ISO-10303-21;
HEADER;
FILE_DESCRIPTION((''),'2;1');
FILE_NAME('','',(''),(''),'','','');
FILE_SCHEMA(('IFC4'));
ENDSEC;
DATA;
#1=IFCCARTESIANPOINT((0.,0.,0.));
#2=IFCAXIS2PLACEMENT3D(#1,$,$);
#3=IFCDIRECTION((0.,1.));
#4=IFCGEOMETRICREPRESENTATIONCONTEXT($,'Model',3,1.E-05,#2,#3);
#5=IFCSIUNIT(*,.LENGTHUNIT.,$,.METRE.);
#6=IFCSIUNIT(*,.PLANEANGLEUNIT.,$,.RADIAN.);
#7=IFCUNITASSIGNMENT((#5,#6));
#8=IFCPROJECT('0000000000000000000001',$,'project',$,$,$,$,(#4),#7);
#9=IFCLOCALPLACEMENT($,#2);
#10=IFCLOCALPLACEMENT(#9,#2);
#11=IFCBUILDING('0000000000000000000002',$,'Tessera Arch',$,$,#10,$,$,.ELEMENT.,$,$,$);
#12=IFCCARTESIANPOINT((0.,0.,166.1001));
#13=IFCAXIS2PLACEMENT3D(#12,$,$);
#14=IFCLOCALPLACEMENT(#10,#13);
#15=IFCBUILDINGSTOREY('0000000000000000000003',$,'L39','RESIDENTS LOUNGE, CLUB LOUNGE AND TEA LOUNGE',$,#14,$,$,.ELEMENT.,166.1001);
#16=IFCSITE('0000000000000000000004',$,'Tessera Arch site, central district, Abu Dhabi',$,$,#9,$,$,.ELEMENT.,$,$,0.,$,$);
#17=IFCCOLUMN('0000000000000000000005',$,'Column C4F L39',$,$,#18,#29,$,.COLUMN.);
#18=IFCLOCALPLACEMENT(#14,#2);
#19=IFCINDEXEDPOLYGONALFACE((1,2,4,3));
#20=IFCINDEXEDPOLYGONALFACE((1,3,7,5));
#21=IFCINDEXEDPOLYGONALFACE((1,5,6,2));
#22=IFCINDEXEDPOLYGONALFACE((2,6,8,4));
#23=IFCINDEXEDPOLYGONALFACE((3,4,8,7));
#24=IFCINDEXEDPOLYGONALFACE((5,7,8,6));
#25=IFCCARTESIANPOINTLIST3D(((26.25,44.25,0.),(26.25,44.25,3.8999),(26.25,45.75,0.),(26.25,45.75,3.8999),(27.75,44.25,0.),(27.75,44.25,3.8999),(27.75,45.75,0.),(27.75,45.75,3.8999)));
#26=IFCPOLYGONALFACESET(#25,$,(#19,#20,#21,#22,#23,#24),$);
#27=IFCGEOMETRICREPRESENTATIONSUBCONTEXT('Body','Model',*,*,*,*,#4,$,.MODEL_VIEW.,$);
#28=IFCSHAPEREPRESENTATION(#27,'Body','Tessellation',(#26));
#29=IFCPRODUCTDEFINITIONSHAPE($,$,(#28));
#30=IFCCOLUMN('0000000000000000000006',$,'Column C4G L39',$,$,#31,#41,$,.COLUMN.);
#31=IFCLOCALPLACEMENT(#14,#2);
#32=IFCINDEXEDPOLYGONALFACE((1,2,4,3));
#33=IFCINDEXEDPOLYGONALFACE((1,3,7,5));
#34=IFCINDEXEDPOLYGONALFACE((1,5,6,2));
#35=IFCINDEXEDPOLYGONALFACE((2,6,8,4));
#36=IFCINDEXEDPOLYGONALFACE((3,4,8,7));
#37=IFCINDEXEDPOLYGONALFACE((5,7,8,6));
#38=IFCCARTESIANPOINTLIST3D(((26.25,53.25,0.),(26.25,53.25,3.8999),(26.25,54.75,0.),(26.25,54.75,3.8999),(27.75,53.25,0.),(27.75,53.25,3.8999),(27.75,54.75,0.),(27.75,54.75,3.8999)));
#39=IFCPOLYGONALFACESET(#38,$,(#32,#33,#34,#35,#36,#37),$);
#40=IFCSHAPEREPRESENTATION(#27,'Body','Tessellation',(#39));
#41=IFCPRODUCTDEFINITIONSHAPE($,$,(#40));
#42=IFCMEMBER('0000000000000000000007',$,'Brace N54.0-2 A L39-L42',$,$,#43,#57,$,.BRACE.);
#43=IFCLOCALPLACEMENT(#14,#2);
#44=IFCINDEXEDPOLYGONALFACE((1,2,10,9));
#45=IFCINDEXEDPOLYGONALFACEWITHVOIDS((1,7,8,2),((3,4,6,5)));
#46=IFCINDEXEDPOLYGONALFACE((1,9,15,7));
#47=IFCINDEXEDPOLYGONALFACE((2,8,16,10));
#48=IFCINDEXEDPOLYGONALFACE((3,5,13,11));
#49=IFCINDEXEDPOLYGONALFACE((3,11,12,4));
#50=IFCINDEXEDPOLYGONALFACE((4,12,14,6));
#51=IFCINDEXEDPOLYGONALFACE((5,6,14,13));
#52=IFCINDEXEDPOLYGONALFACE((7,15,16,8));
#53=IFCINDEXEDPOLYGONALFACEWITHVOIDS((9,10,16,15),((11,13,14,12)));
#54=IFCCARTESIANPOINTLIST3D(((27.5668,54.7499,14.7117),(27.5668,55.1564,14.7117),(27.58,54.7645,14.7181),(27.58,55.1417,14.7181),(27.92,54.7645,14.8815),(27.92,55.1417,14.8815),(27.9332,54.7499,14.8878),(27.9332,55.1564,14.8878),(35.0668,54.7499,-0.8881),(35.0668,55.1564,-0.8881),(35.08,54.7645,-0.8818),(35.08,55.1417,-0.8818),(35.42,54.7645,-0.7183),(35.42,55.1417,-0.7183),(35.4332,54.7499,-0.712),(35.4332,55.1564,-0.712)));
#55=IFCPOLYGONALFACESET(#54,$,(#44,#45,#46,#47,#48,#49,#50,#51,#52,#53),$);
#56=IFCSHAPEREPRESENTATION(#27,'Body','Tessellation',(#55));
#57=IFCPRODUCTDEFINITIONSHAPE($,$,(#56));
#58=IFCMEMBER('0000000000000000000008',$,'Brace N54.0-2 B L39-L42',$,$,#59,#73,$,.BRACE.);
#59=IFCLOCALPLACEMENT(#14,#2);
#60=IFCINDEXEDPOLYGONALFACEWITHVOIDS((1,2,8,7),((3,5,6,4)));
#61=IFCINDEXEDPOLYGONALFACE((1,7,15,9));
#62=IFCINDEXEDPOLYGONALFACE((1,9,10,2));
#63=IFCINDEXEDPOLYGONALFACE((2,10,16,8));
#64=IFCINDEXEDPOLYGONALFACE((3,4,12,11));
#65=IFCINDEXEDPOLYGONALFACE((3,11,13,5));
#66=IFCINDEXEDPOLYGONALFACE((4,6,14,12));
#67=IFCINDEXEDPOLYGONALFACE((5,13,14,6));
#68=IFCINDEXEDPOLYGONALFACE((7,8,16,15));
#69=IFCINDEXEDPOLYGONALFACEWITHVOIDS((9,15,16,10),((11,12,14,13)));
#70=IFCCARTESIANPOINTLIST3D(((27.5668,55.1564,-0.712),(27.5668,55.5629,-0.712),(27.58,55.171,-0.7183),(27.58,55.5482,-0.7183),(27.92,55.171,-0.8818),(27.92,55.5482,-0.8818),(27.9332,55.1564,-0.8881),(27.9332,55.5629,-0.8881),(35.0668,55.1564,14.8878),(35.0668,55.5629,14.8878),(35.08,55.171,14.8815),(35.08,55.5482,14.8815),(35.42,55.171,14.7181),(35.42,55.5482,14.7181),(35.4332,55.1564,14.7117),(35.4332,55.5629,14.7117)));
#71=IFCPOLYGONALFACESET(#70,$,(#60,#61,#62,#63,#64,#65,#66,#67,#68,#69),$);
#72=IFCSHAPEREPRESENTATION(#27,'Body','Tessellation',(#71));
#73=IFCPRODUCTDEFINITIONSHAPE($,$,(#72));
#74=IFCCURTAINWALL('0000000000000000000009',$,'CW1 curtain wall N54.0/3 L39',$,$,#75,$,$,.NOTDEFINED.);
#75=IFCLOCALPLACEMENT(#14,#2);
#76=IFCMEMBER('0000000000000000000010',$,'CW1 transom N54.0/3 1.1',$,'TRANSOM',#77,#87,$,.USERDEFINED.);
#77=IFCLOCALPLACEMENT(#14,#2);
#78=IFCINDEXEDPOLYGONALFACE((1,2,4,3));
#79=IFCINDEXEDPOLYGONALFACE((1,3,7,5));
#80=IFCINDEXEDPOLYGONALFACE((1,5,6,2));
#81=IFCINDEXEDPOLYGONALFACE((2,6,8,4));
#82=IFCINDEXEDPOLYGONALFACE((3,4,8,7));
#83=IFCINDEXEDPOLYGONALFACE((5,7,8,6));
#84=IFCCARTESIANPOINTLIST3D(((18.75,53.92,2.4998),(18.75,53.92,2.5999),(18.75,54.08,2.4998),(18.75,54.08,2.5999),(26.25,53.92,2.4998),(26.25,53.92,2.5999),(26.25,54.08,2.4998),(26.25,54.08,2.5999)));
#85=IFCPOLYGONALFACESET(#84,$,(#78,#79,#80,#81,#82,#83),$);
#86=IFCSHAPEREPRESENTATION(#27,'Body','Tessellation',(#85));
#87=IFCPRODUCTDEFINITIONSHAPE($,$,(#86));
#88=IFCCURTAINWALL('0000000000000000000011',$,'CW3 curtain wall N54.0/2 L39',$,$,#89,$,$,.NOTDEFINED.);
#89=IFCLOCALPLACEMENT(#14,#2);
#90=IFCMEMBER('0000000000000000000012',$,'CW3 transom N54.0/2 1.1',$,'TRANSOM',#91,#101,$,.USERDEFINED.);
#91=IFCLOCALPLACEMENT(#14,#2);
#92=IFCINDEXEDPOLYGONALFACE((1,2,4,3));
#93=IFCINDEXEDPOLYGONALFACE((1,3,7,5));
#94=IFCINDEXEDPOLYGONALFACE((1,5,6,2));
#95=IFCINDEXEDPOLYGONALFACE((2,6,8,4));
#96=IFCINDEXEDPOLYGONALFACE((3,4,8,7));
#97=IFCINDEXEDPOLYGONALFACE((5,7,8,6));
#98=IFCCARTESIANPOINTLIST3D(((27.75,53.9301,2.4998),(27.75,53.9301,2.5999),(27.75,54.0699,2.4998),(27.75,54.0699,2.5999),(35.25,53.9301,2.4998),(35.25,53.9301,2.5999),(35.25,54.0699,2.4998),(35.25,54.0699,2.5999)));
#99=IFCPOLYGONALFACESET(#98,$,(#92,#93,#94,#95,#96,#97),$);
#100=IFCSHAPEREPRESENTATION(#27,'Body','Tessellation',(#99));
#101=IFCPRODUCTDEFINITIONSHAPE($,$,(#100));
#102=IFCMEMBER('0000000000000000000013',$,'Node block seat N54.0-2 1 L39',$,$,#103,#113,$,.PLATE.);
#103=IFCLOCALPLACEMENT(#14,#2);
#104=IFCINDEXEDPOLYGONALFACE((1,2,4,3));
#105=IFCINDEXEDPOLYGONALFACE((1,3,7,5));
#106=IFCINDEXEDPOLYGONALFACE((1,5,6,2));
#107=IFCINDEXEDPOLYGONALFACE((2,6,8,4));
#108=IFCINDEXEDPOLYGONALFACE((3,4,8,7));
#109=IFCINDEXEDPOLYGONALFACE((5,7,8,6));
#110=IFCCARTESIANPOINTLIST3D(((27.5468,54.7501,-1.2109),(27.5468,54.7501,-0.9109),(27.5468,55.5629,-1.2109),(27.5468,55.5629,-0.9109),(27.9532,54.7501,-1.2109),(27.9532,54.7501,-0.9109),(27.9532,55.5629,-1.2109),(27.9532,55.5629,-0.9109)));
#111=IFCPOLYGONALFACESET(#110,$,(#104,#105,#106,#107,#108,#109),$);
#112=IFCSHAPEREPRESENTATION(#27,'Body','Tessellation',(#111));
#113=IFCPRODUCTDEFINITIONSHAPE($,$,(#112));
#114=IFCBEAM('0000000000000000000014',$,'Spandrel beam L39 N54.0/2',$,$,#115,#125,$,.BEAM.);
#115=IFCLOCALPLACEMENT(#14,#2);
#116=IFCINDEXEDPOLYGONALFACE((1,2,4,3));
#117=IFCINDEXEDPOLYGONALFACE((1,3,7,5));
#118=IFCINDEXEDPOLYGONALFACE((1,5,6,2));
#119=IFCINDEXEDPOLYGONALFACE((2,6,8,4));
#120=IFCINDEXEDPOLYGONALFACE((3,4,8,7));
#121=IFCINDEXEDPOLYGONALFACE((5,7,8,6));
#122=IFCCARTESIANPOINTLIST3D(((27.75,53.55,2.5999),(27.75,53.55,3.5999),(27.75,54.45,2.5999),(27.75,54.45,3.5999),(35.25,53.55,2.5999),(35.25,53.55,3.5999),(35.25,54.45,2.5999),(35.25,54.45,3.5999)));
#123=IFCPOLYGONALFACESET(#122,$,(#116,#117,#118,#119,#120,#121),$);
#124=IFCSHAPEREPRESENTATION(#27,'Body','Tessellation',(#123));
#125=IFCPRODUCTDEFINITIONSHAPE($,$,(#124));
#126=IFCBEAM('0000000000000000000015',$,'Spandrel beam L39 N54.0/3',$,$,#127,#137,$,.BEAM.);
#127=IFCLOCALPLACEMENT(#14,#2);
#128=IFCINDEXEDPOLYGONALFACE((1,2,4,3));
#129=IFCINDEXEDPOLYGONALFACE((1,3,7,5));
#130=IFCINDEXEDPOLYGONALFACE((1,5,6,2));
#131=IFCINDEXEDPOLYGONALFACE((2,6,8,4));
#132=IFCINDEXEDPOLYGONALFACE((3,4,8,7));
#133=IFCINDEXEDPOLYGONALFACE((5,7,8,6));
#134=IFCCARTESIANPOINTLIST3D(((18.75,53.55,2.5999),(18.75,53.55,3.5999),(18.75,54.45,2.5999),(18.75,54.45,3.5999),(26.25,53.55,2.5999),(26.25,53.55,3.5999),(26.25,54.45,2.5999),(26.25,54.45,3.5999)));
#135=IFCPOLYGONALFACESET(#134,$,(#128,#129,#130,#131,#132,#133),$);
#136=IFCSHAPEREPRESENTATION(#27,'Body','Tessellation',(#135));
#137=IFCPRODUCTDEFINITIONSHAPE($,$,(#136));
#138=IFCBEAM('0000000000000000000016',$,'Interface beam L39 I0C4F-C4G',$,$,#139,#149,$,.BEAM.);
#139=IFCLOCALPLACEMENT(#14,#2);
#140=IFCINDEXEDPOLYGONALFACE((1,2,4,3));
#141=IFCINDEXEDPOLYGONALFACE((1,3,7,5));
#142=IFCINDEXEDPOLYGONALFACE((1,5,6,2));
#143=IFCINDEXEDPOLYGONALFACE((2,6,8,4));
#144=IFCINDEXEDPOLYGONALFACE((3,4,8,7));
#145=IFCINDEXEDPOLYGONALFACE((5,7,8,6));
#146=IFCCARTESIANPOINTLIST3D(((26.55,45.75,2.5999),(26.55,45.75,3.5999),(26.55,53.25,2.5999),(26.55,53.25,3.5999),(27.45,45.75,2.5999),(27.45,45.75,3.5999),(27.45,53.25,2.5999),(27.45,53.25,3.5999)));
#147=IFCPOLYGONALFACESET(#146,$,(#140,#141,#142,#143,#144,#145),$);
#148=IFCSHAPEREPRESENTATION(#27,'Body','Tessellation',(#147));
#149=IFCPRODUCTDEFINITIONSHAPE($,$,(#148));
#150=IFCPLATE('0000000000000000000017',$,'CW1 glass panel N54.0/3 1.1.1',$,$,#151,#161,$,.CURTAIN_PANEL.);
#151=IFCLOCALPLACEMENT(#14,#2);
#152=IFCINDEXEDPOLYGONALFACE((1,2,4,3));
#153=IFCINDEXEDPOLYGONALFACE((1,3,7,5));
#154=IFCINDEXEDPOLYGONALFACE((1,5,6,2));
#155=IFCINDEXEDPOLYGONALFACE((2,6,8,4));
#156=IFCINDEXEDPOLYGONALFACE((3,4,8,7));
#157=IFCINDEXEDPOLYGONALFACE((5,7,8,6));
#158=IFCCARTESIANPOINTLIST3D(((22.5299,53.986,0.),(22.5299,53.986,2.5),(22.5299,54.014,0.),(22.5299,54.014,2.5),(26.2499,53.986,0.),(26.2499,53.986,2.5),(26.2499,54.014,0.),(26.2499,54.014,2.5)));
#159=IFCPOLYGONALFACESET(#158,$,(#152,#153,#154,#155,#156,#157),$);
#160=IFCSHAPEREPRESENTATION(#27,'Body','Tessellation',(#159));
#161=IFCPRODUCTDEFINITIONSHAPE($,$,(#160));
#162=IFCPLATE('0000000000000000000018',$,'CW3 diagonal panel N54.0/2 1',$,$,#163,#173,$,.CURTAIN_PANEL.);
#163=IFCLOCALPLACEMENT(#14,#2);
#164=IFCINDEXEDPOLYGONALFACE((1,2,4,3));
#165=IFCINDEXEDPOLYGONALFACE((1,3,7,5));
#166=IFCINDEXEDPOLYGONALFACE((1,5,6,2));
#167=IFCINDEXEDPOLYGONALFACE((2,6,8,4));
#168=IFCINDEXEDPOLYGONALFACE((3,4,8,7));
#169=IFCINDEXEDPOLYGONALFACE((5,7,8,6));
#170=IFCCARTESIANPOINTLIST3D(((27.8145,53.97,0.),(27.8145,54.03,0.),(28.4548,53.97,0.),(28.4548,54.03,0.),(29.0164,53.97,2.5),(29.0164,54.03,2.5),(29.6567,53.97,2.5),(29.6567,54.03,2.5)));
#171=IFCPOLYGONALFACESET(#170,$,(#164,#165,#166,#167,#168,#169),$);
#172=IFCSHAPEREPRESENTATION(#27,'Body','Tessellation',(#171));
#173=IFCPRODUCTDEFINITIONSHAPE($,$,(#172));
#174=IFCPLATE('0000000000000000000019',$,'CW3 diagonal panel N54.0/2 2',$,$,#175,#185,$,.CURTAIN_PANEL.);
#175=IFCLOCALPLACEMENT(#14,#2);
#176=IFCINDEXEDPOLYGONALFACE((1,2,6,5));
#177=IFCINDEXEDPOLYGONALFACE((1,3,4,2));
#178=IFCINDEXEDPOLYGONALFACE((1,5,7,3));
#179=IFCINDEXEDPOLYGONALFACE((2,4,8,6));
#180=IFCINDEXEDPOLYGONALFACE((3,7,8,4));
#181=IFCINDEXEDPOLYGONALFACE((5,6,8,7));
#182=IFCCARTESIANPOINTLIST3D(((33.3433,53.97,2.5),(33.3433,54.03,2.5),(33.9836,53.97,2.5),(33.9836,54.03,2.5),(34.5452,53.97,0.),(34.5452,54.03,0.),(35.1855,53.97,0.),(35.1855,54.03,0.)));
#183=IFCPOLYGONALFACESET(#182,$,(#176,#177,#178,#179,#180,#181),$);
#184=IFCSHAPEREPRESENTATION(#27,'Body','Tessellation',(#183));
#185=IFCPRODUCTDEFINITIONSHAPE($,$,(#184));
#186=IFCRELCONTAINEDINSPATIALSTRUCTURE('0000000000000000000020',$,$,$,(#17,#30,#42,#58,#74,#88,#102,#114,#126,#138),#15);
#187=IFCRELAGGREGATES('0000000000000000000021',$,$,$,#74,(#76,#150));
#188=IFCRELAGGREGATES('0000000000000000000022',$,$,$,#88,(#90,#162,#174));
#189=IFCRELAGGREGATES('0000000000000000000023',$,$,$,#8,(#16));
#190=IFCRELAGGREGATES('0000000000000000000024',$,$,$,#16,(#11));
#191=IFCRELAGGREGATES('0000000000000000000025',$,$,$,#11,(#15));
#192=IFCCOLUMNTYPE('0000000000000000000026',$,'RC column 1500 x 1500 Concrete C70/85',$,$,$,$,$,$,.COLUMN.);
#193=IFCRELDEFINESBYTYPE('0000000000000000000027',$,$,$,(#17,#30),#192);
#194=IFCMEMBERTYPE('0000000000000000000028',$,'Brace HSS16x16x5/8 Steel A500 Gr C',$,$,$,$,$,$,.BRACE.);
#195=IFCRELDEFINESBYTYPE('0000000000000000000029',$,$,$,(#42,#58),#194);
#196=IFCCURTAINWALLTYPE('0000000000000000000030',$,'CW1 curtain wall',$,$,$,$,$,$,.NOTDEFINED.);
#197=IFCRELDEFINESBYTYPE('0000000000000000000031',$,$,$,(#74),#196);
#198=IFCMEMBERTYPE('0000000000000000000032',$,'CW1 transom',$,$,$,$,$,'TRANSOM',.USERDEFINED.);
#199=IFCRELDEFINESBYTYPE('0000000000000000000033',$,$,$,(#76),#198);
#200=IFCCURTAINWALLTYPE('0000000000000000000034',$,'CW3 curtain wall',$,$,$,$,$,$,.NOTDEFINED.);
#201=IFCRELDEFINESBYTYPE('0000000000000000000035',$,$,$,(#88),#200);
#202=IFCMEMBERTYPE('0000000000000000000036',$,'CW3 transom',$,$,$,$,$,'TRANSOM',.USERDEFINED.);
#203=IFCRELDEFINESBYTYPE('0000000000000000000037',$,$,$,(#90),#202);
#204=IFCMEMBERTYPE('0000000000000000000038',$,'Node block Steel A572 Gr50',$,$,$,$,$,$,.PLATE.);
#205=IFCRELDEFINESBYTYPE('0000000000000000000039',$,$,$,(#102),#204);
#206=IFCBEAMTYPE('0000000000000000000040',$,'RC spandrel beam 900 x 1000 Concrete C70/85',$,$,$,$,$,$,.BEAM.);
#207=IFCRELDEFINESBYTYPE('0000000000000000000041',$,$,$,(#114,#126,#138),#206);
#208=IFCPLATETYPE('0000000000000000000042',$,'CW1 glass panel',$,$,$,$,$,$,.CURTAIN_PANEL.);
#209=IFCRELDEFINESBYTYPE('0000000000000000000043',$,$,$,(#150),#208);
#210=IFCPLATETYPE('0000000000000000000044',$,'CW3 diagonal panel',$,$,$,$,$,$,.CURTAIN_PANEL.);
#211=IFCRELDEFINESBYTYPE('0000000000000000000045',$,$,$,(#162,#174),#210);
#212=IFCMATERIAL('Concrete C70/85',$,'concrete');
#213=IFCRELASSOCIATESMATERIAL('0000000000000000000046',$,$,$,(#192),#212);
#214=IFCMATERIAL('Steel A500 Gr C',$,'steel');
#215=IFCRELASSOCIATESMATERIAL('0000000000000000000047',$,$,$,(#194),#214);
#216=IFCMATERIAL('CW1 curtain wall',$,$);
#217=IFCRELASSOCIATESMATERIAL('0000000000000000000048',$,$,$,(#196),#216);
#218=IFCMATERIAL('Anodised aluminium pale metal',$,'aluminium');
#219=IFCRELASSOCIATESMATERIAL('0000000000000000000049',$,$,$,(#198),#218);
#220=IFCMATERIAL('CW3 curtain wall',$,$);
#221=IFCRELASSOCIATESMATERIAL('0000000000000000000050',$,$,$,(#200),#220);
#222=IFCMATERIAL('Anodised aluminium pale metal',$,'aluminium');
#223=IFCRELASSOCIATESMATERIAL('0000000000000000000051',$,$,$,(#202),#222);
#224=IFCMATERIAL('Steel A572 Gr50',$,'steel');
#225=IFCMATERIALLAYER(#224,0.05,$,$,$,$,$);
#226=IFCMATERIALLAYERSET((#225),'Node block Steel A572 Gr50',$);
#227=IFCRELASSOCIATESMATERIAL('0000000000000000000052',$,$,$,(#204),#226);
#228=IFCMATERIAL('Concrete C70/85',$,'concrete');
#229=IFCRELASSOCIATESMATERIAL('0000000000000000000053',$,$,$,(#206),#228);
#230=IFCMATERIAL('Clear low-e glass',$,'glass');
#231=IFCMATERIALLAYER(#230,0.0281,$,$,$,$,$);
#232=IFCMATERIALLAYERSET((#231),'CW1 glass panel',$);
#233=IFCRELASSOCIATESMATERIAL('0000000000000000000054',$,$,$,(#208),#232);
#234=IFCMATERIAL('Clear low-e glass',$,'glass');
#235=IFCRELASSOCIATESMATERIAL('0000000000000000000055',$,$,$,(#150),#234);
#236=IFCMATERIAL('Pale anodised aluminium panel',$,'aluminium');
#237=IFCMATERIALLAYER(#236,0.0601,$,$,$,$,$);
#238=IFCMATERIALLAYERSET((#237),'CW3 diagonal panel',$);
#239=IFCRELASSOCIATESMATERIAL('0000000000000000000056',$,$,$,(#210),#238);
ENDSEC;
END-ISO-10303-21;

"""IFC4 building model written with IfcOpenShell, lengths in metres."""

from ifc_helpers import new_model, si_unit, direction, frame, origin, origin_2d, place, context, subcontext, project, spatial, polyline, rectangle, hollow_rectangle, outline, extrude, material, layer, layer_set, material_profile, profile_set, type_object, element, aggregate, save


model = new_model("IFC4")

# Units and contexts
model_context = context("Model", 3, precision=1e-05, world=origin(), true_north=direction((0.0, 1.0)))
body_context = subcontext(model_context, "Body", "Model", "MODEL_VIEW")
ifc_project = project(units=[si_unit("LENGTHUNIT", "METRE"), si_unit("PLANEANGLEUNIT", "RADIAN")], contexts=[model_context])

# Site, building, storey
site_placement = place(None, origin())
site = spatial("IfcSite", under=ifc_project, at=site_placement, Name="Tessera Arch site, central district, Abu Dhabi", CompositionType="ELEMENT", RefElevation=0.0)
building_placement = place(site_placement, origin())
building = spatial("IfcBuilding", under=site, at=building_placement, Name="Tessera Arch", CompositionType="ELEMENT")
storey_placement = place(building_placement, frame((0.0, 0.0, 166.1001)))
storey = spatial("IfcBuildingStorey", under=building, at=storey_placement, Name="L39", Description="RESIDENTS LOUNGE, CLUB LOUNGE AND TEA LOUNGE", CompositionType="ELEMENT", Elevation=166.1001)

# Columns
ifc_material_1 = material(Name="Concrete C70/85", Category="concrete")
ifc_material_profile_1 = material_profile(ifc_material_1, rectangle(XDim=1.5, YDim=1.5, at=origin_2d()), Name="RC column 1500 x 1500 Concrete C70/85")
ifc_profile_set_1 = profile_set([ifc_material_profile_1], Name="Concrete C70/85")
column_type = type_object("IfcColumnType", Name="RC column 1500 x 1500 Concrete C70/85", PredefinedType="COLUMN", material=ifc_profile_set_1)
for number, where, z_axis, x_axis, name in (
    (1, (27.0, 45.0, 0.0), (0.0, 0.0, 1.0), (1.0, 0.0, 0.0), "Column C4F L39"),
    (2, (27.0, 54.0, 0.0), (0.0, 0.0, 1.0), (1.0, 0.0, 0.0), "Column C4G L39"),
):
    element("IfcColumn", number, at=place(storey_placement, frame(where, z_axis=z_axis, x_axis=x_axis)), inside=storey, type_object=column_type, Name=name, PredefinedType="COLUMN", context=body_context, shape_type="SweptSolid", body=[
        extrude(rectangle(XDim=1.5, YDim=1.5, at=origin_2d()), origin(), (0.0, 0.0, 1.0), 3.8999),
    ])

# Members
ifc_material_2 = material(Name="Steel A500 Gr C", Category="steel")
ifc_material_profile_2 = material_profile(ifc_material_2, hollow_rectangle(XDim=0.4065, YDim=0.4065, WallThickness=0.0146, at=origin_2d()), Name="HSS16x16x5/8")
ifc_profile_set_2 = profile_set([ifc_material_profile_2], Name="Steel A500 Gr C")
member_type_1 = type_object("IfcMemberType", Name="Brace HSS16x16x5/8 Steel A500 Gr C", PredefinedType="BRACE", material=ifc_profile_set_2)
for number, where, z_axis, x_axis, name in (
    (3, (35.25, 54.9531, -0.8), (-0.433298, 0.0, 0.901251), (0.0, -1.0, 0.0), "Brace N54.0-2 A L39-L42"),
    (4, (27.75, 55.3596, -0.8), (0.433298, 0.0, 0.901251), (0.0, 1.0, 0.0), "Brace N54.0-2 B L39-L42"),
):
    element("IfcMember", number, at=place(storey_placement, frame(where, z_axis=z_axis, x_axis=x_axis)), inside=storey, type_object=member_type_1, Name=name, PredefinedType="BRACE", context=body_context, shape_type="SweptSolid", body=[
        extrude(hollow_rectangle(XDim=0.4065, YDim=0.4065, WallThickness=0.0146, at=origin_2d()), origin(), (0.0, 0.0, 1.0), 17.3091),
    ])

# Curtain walls, members
ifc_material_3 = material(Name="CW1 curtain wall")
curtain_wall_type_1 = type_object("IfcCurtainWallType", Name="CW1 curtain wall", PredefinedType="NOTDEFINED", material=ifc_material_3)
curtain_wall_1_placement = place(storey_placement, origin())
curtain_wall_1 = element("IfcCurtainWall", 5, at=curtain_wall_1_placement, inside=storey, type_object=curtain_wall_type_1, Name="CW1 curtain wall N54.0/3 L39", PredefinedType="NOTDEFINED")
ifc_material_4 = material(Name="Anodised aluminium pale metal", Category="aluminium")
ifc_material_profile_3 = material_profile(ifc_material_4, rectangle(XDim=0.1599, YDim=0.1001, at=origin_2d()), Name="AL 160x100")
ifc_profile_set_3 = profile_set([ifc_material_profile_3], Name="Anodised aluminium pale metal")
member_type_2 = type_object("IfcMemberType", Name="CW1 transom", ElementType="TRANSOM", PredefinedType="USERDEFINED", material=ifc_profile_set_3)
member_1_placement = place(storey_placement, frame((26.25, 54.0, 2.5498), z_axis=(-1.0, 0.0, 0.0), x_axis=(0.0, -1.0, 0.0)))
member_1 = element("IfcMember", 6, at=member_1_placement, type_object=member_type_2, Name="CW1 transom N54.0/3 1.1", ObjectType="TRANSOM", PredefinedType="USERDEFINED", context=body_context, shape_type="SweptSolid", body=[
    extrude(rectangle(XDim=0.1599, YDim=0.1001, at=origin_2d()), origin(), (0.0, 0.0, 1.0), 7.5),
])
ifc_material_5 = material(Name="CW3 curtain wall")
curtain_wall_type_2 = type_object("IfcCurtainWallType", Name="CW3 curtain wall", PredefinedType="NOTDEFINED", material=ifc_material_5)
curtain_wall_2_placement = place(storey_placement, origin())
curtain_wall_2 = element("IfcCurtainWall", 7, at=curtain_wall_2_placement, inside=storey, type_object=curtain_wall_type_2, Name="CW3 curtain wall N54.0/2 L39", PredefinedType="NOTDEFINED")
ifc_material_6 = material(Name="Anodised aluminium pale metal", Category="aluminium")
ifc_material_profile_4 = material_profile(ifc_material_6, rectangle(XDim=0.1399, YDim=0.1001, at=origin_2d()), Name="AL 140x100")
ifc_profile_set_4 = profile_set([ifc_material_profile_4], Name="Anodised aluminium pale metal")
member_type_3 = type_object("IfcMemberType", Name="CW3 transom", ElementType="TRANSOM", PredefinedType="USERDEFINED", material=ifc_profile_set_4)
member_2_placement = place(storey_placement, frame((35.25, 54.0, 2.5498), z_axis=(-1.0, 0.0, 0.0), x_axis=(0.0, -1.0, 0.0)))
member_2 = element("IfcMember", 8, at=member_2_placement, type_object=member_type_3, Name="CW3 transom N54.0/2 1.1", ObjectType="TRANSOM", PredefinedType="USERDEFINED", context=body_context, shape_type="SweptSolid", body=[
    extrude(rectangle(XDim=0.1399, YDim=0.1001, at=origin_2d()), origin(), (0.0, 0.0, 1.0), 7.5),
])

# Member
ifc_material_7 = material(Name="Steel A572 Gr50", Category="steel")
ifc_layer_1 = layer(ifc_material_7, 0.05)
ifc_layer_set_1 = layer_set([ifc_layer_1], Name="Node block Steel A572 Gr50")
member_type_4 = type_object("IfcMemberType", Name="Node block Steel A572 Gr50", PredefinedType="PLATE", material=ifc_layer_set_1)
member_3_placement = place(storey_placement, frame((27.75, 55.1565, -1.2109), z_axis=(0.0, 0.0, 1.0), x_axis=(-1.0, 0.0, 0.0)))
element("IfcMember", 9, at=member_3_placement, inside=storey, type_object=member_type_4, Name="Node block seat N54.0-2 1 L39", PredefinedType="PLATE", context=body_context, shape_type="SweptSolid", body=[
    extrude(rectangle(XDim=0.4065, YDim=0.8127, at=origin_2d()), origin(), (0.0, 0.0, 1.0), 0.3),
])

# Beams
ifc_material_8 = material(Name="Concrete C70/85", Category="concrete")
ifc_material_profile_5 = material_profile(ifc_material_8, rectangle(XDim=0.8999, YDim=1.0, at=origin_2d()), Name="RC spandrel beam 900 x 1000 Concrete C70/85")
ifc_profile_set_5 = profile_set([ifc_material_profile_5], Name="Concrete C70/85")
beam_type = type_object("IfcBeamType", Name="RC spandrel beam 900 x 1000 Concrete C70/85", PredefinedType="BEAM", material=ifc_profile_set_5)
for number, where, z_axis, x_axis, name in (
    (10, (35.25, 54.0, 3.0999), (-1.0, 0.0, 0.0), (0.0, -1.0, 0.0), "Spandrel beam L39 N54.0/2"),
    (11, (26.25, 54.0, 3.0999), (-1.0, 0.0, 0.0), (0.0, -1.0, 0.0), "Spandrel beam L39 N54.0/3"),
    (12, (27.0, 45.75, 3.0999), (0.0, 1.0, 0.0), (-1.0, 0.0, 0.0), "Interface beam L39 I0C4F-C4G"),
):
    element("IfcBeam", number, at=place(storey_placement, frame(where, z_axis=z_axis, x_axis=x_axis)), inside=storey, type_object=beam_type, Name=name, PredefinedType="BEAM", context=body_context, shape_type="SweptSolid", body=[
        extrude(rectangle(XDim=0.8999, YDim=1.0, at=origin_2d()), origin(), (0.0, 0.0, 1.0), 7.5),
    ])

# Plates
ifc_material_9 = material(Name="Clear low-e glass", Category="glass")
ifc_material_10 = material(Name="Clear low-e glass", Category="glass")
ifc_layer_2 = layer(ifc_material_10, 0.0281)
ifc_layer_set_2 = layer_set([ifc_layer_2], Name="CW1 glass panel")
plate_type_1 = type_object("IfcPlateType", Name="CW1 glass panel", PredefinedType="CURTAIN_PANEL", material=ifc_layer_set_2)
plate_1_placement = place(storey_placement, frame((24.3899, 54.0, 0.0), z_axis=(0.0, 0.0, 1.0), x_axis=(-1.0, 0.0, 0.0)))
plate_1 = element("IfcPlate", 13, at=plate_1_placement, type_object=plate_type_1, material=ifc_material_9, Name="CW1 glass panel N54.0/3 1.1.1", PredefinedType="CURTAIN_PANEL", context=body_context, shape_type="SweptSolid", body=[
    extrude(rectangle(XDim=3.72, YDim=0.0281, at=origin_2d()), origin(), (0.0, 0.0, 1.0), 2.5),
])
aggregate(curtain_wall_1, [member_1, plate_1])
ifc_material_11 = material(Name="Pale anodised aluminium panel", Category="aluminium")
ifc_layer_3 = layer(ifc_material_11, 0.0601)
ifc_layer_set_3 = layer_set([ifc_layer_3], Name="CW3 diagonal panel")
plate_type_2 = type_object("IfcPlateType", Name="CW3 diagonal panel", PredefinedType="CURTAIN_PANEL", material=ifc_layer_set_3)
plate_2_placement = place(storey_placement, frame((29.0164, 54.03, 2.5), z_axis=(0.0, 1.0, 0.0), x_axis=(1.0, 0.0, 0.0)))
plate_2 = element("IfcPlate", 14, at=plate_2_placement, type_object=plate_type_2, Name="CW3 diagonal panel N54.0/2 1", PredefinedType="CURTAIN_PANEL", context=body_context, shape_type="SweptSolid", body=[
    extrude(outline(polyline([(0.0, 0.0), (0.6404, 0.0), (-0.5615, 2.5), (-1.2019, 2.5), (0.0, 0.0)])), origin(), (0.0, 0.0, -1.0), 0.0601),
])
plate_3_placement = place(storey_placement, frame((33.3433, 54.03, 2.5), z_axis=(0.0, 1.0, 0.0), x_axis=(1.0, 0.0, 0.0)))
plate_3 = element("IfcPlate", 15, at=plate_3_placement, type_object=plate_type_2, Name="CW3 diagonal panel N54.0/2 2", PredefinedType="CURTAIN_PANEL", context=body_context, shape_type="SweptSolid", body=[
    extrude(outline(polyline([(0.0, 0.0), (0.6404, 0.0), (1.8423, 2.5), (1.2019, 2.5), (0.0, 0.0)])), origin(), (0.0, 0.0, -1.0), 0.0601),
])
aggregate(curtain_wall_2, [member_2, plate_2, plate_3])

save(model, "model.ifc")
